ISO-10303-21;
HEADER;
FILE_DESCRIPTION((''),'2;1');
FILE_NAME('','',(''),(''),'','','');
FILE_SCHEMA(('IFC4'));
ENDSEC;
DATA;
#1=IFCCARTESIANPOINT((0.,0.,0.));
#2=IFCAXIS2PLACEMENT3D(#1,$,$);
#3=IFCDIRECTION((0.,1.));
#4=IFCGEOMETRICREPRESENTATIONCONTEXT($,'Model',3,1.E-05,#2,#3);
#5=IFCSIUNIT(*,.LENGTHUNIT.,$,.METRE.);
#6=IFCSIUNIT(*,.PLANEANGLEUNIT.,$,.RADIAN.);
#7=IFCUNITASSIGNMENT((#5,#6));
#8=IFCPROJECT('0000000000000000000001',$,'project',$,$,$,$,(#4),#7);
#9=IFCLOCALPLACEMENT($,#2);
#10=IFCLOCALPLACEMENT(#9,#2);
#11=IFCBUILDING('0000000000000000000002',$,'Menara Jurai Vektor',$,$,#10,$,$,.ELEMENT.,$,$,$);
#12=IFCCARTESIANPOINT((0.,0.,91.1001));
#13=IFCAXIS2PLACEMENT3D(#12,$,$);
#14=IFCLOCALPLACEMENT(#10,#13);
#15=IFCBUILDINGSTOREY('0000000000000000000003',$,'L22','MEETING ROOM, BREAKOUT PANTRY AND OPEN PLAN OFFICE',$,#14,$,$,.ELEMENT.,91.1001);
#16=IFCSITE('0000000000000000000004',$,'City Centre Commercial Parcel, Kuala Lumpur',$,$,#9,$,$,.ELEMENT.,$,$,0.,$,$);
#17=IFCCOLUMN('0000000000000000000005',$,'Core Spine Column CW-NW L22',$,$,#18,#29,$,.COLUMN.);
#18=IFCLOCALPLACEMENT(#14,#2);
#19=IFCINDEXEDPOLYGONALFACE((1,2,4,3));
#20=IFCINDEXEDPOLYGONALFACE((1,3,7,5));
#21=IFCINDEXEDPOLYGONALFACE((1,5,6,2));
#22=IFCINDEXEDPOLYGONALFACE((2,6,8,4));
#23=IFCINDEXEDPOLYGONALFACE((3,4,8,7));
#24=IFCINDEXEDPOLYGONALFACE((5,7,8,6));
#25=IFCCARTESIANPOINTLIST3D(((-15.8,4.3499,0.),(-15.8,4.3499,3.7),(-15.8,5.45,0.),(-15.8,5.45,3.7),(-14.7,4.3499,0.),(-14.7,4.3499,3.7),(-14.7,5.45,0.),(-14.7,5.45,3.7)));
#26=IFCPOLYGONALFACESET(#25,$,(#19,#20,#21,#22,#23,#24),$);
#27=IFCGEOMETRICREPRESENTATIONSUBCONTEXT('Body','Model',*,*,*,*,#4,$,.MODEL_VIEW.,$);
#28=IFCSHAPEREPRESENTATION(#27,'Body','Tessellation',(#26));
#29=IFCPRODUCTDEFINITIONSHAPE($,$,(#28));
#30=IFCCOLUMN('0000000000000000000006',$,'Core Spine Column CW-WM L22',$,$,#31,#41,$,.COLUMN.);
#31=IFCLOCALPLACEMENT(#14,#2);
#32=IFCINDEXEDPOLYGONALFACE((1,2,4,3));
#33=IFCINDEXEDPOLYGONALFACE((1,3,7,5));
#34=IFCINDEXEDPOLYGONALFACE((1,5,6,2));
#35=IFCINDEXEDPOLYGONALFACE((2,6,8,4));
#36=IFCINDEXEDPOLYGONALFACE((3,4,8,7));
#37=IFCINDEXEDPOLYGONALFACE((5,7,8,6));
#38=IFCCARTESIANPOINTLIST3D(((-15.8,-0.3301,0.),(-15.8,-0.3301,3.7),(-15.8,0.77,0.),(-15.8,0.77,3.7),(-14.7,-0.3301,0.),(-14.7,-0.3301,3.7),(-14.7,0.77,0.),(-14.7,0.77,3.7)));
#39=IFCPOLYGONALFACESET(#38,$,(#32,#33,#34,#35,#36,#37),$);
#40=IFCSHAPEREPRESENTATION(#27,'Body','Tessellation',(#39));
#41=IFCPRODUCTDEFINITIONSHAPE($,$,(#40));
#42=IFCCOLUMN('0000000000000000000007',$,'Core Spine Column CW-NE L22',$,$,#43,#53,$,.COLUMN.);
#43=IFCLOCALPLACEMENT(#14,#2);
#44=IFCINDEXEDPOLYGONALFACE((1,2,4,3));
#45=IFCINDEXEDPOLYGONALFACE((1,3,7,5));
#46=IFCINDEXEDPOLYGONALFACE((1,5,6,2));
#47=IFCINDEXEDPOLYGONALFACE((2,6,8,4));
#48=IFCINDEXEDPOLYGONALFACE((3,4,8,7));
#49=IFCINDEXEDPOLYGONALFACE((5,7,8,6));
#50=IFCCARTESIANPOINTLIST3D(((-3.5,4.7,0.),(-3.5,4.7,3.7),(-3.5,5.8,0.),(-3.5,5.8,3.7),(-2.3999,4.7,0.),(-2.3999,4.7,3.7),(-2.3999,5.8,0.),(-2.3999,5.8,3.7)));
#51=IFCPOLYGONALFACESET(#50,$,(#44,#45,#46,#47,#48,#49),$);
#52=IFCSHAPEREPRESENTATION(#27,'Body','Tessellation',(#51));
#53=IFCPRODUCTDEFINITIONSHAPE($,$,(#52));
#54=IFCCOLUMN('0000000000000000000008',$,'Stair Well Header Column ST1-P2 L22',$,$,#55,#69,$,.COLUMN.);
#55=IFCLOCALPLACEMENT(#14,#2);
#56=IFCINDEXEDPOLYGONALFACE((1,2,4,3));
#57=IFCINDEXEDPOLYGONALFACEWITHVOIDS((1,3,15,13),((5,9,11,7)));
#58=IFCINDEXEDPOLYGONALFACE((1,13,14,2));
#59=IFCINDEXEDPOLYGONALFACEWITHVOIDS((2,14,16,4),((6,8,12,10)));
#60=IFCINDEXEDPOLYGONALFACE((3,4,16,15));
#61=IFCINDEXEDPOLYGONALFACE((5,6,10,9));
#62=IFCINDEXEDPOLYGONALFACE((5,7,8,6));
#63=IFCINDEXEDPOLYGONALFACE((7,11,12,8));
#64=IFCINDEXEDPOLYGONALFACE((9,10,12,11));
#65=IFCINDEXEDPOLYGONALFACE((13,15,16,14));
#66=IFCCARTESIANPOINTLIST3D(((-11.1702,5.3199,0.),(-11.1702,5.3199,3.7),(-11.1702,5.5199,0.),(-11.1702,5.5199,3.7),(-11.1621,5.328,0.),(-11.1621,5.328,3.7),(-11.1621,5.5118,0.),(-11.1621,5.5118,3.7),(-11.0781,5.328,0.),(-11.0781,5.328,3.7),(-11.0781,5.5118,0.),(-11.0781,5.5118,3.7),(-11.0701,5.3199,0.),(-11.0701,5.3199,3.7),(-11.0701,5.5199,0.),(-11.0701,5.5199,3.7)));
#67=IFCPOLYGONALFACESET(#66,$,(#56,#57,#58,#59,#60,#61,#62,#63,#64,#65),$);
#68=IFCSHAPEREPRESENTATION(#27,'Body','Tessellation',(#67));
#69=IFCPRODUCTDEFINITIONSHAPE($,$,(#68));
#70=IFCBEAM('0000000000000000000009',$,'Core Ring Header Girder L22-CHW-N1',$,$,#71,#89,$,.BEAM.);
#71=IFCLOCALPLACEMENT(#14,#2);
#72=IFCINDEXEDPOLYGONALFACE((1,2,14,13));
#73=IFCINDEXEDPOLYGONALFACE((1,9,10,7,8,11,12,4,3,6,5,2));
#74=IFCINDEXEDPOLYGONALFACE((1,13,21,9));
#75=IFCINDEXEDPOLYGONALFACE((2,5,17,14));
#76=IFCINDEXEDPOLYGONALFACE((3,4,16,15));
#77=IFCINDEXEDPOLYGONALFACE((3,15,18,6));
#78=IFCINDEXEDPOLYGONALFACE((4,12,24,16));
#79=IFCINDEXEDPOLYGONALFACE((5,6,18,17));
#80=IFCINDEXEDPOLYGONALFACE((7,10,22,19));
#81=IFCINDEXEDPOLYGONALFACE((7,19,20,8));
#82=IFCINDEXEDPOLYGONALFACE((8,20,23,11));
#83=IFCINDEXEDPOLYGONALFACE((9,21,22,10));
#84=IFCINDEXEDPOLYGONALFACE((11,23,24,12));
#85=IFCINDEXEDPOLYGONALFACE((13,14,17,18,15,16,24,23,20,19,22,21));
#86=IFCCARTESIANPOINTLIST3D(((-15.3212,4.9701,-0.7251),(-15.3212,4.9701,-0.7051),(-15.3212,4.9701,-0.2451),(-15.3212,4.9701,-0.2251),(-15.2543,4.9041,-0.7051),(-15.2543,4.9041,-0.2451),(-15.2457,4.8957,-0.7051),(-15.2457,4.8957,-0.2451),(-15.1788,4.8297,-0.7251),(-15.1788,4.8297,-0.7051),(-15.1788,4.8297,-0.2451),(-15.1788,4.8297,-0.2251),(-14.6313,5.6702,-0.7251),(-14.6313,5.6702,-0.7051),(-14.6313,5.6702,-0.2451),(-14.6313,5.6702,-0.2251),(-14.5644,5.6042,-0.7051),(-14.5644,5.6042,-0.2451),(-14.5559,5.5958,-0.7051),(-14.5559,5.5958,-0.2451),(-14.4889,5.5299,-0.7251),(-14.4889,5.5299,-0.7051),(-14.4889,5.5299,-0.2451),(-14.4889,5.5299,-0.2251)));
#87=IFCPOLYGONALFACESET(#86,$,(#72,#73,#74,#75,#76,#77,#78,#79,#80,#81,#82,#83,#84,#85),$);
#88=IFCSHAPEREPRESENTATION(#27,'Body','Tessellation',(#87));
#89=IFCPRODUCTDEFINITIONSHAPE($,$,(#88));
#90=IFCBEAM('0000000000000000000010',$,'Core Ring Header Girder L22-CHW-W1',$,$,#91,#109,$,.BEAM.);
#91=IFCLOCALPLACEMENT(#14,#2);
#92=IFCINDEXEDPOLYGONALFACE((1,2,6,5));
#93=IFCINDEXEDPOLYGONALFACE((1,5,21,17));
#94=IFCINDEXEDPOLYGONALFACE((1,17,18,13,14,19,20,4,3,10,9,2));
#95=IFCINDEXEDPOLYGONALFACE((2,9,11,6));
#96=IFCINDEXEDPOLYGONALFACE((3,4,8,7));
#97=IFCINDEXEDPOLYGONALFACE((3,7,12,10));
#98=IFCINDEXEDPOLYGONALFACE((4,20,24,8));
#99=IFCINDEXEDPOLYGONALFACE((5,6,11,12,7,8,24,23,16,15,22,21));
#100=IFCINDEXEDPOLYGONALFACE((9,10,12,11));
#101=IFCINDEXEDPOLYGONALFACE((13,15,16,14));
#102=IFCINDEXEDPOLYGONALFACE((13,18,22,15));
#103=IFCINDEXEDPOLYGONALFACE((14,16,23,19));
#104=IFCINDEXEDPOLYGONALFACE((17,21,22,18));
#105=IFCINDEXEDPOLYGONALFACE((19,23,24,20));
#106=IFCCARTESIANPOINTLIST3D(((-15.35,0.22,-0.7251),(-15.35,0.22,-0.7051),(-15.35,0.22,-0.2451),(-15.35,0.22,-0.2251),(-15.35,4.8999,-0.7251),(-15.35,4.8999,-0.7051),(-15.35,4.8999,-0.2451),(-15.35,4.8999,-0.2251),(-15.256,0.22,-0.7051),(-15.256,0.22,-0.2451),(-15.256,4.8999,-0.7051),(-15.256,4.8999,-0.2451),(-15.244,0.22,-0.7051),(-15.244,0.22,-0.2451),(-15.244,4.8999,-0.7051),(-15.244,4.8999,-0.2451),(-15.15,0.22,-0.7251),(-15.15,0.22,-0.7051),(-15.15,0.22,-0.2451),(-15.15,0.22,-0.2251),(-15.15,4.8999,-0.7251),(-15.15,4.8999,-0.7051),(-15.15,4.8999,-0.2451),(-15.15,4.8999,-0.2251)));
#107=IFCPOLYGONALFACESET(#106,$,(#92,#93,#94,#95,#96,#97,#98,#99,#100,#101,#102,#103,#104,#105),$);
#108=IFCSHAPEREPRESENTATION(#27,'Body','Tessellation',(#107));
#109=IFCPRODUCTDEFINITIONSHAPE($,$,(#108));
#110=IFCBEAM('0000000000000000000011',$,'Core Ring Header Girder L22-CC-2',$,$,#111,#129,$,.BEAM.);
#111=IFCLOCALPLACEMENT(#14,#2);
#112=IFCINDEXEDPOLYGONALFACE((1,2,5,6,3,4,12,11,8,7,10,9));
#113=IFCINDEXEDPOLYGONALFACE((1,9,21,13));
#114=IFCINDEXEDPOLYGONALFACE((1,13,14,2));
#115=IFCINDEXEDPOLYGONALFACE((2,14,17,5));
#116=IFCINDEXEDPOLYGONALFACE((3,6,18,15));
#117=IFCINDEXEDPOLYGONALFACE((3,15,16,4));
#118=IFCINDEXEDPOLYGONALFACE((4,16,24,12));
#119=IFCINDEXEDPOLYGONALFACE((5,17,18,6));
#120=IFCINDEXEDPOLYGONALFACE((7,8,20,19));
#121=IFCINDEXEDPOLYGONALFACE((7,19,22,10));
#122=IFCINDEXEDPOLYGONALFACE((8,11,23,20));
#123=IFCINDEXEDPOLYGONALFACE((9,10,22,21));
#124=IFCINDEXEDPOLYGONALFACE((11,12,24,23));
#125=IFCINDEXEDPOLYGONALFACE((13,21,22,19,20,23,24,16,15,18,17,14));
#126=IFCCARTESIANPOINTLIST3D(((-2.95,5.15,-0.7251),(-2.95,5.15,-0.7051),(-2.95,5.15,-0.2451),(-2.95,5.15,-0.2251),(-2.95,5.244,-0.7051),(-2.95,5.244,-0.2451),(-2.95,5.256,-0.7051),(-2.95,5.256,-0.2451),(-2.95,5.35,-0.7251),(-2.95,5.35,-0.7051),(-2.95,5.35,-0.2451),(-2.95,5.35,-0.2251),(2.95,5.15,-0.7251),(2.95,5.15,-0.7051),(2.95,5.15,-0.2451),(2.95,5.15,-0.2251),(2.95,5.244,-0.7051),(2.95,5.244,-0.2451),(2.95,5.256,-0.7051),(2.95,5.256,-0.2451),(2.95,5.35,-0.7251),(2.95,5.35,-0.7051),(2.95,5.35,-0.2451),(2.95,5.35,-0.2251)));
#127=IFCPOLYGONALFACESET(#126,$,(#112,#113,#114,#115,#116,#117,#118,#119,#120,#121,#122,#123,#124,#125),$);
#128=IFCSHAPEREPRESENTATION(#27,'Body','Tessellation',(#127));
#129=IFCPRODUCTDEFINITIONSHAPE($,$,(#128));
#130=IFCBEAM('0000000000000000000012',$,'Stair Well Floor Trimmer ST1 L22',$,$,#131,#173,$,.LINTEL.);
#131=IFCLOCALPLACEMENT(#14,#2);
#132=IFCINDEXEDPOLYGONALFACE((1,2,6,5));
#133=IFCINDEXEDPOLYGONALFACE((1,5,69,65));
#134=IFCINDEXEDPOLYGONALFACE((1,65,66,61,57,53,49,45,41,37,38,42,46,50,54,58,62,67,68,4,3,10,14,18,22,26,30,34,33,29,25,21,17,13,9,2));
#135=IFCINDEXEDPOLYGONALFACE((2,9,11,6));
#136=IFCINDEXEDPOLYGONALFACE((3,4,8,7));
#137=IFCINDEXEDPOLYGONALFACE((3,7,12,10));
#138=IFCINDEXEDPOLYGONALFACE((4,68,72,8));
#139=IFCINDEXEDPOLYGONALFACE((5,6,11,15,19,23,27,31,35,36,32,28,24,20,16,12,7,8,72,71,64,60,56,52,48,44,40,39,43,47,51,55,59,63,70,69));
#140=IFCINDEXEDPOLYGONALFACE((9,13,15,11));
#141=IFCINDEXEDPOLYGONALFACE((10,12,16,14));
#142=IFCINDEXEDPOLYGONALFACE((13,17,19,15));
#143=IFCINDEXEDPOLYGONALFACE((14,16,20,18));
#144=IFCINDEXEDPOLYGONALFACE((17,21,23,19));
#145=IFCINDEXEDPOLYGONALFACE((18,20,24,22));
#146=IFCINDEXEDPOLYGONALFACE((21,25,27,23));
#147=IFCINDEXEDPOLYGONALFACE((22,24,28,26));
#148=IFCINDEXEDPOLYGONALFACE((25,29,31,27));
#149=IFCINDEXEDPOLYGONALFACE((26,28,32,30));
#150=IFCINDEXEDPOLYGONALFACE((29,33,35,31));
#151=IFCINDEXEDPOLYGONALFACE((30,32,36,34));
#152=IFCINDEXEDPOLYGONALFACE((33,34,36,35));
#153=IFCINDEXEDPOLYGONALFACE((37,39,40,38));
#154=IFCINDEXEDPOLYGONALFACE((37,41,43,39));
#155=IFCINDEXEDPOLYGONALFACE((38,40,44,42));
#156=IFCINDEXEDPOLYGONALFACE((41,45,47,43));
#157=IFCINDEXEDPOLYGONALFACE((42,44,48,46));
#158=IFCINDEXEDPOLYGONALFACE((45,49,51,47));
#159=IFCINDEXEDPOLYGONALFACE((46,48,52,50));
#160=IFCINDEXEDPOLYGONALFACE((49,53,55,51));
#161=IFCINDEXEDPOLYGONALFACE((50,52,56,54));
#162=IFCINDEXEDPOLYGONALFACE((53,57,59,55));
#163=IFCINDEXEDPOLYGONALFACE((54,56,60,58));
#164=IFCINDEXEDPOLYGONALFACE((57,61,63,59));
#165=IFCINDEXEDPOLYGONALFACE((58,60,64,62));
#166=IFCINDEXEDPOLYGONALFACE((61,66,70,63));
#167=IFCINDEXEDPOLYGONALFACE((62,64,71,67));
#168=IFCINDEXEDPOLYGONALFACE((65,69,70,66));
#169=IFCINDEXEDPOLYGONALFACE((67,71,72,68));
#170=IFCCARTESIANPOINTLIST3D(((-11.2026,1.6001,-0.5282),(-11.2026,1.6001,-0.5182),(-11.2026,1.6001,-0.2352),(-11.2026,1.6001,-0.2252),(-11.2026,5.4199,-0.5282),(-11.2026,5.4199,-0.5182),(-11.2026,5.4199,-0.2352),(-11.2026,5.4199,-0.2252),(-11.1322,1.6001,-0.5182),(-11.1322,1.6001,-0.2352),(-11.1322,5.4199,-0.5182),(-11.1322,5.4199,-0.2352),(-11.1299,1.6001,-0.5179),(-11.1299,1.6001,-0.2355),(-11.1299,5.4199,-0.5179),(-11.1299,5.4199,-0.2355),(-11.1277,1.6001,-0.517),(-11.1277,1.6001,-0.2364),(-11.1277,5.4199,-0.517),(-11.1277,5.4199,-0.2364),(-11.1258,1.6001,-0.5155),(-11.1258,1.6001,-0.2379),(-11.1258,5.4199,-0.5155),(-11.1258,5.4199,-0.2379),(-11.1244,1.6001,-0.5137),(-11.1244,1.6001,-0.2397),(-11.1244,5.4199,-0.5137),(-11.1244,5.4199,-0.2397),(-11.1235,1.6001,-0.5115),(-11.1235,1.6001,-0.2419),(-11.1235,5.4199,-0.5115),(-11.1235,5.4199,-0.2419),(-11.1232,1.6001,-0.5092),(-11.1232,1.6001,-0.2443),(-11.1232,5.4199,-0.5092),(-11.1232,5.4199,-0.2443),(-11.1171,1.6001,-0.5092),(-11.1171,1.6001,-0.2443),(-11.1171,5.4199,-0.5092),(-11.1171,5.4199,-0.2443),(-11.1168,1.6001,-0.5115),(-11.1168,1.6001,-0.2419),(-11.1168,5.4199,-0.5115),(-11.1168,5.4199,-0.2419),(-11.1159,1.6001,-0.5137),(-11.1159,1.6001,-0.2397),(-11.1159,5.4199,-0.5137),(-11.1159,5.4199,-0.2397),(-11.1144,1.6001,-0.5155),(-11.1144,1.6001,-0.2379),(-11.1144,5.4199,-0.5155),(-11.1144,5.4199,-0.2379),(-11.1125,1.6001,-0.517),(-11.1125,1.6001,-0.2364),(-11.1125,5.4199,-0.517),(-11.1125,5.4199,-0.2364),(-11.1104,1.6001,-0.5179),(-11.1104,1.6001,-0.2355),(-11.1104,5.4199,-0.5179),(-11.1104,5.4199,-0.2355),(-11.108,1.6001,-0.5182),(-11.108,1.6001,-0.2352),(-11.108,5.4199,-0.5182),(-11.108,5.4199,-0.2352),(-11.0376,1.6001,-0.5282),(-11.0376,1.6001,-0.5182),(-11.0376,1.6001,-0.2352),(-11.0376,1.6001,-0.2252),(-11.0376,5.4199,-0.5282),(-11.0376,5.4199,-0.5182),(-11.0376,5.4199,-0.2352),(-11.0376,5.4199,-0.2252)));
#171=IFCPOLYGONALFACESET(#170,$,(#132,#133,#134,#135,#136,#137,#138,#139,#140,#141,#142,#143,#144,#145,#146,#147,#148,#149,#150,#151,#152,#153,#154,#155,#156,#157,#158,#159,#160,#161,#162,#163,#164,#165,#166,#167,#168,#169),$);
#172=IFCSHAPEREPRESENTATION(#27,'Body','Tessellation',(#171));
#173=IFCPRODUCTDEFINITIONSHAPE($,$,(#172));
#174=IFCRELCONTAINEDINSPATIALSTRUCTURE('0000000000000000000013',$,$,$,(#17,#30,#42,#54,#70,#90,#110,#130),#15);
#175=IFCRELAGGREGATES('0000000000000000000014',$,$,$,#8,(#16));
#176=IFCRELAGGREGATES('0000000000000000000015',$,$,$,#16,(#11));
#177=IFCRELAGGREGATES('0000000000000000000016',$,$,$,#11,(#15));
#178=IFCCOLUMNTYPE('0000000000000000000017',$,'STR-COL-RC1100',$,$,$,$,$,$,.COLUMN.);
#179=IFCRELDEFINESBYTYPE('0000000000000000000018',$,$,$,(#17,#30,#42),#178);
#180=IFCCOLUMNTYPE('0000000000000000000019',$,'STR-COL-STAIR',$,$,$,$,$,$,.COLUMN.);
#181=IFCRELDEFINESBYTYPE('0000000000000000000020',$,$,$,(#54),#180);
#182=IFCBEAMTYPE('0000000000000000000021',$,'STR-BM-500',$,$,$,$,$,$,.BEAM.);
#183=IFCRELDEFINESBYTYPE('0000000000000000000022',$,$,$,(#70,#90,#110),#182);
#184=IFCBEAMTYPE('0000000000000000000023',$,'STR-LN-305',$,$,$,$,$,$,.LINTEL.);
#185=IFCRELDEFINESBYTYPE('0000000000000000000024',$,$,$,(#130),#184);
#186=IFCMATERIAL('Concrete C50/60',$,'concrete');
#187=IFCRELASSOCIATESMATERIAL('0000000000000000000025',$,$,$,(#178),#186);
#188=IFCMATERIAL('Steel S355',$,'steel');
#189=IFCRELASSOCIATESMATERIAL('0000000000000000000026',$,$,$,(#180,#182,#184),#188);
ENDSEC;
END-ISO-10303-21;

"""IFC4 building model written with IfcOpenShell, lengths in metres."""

from ifc_helpers import new_model, si_unit, direction, frame, origin, origin_2d, place, context, subcontext, project, spatial, rectangle, hollow_rectangle, i_section, extrude, material, material_profile, profile_set, type_object, element, save


model = new_model("IFC4")

# Units and contexts
model_context = context("Model", 3, precision=1e-05, world=origin(), true_north=direction((0.0, 1.0)))
body_context = subcontext(model_context, "Body", "Model", "MODEL_VIEW")
ifc_project = project(units=[si_unit("LENGTHUNIT", "METRE"), si_unit("PLANEANGLEUNIT", "RADIAN")], contexts=[model_context])

# Site, building, storey
site_placement = place(None, origin())
site = spatial("IfcSite", under=ifc_project, at=site_placement, Name="City Centre Commercial Parcel, Kuala Lumpur", CompositionType="ELEMENT", RefElevation=0.0)
building_placement = place(site_placement, origin())
building = spatial("IfcBuilding", under=site, at=building_placement, Name="Menara Jurai Vektor", CompositionType="ELEMENT")
storey_placement = place(building_placement, frame((0.0, 0.0, 91.1001)))
storey = spatial("IfcBuildingStorey", under=building, at=storey_placement, Name="L22", Description="MEETING ROOM, BREAKOUT PANTRY AND OPEN PLAN OFFICE", CompositionType="ELEMENT", Elevation=91.1001)

# Columns
ifc_material_1 = material(Name="Concrete C50/60", Category="concrete")
ifc_material_profile_1 = material_profile(ifc_material_1, rectangle(XDim=1.1001, YDim=1.1001, at=origin_2d()), Name="RC 1100x1100")
ifc_profile_set_1 = profile_set([ifc_material_profile_1], Name="Concrete C50/60")
column_type_1 = type_object("IfcColumnType", Name="STR-COL-RC1100", PredefinedType="COLUMN", material=ifc_profile_set_1)
for number, where, z_axis, x_axis, name in (
    (1, (-15.25, 4.8999, 0.0), (0.0, 0.0, 1.0), (1.0, 0.0, 0.0), "Core Spine Column CW-NW L22"),
    (2, (-15.25, 0.22, 0.0), (0.0, 0.0, 1.0), (1.0, 0.0, 0.0), "Core Spine Column CW-WM L22"),
    (3, (-2.95, 5.25, 0.0), (0.0, 0.0, 1.0), (1.0, 0.0, 0.0), "Core Spine Column CW-NE L22"),
):
    element("IfcColumn", number, at=place(storey_placement, frame(where, z_axis=z_axis, x_axis=x_axis)), inside=storey, type_object=column_type_1, Name=name, PredefinedType="COLUMN", context=body_context, shape_type="SweptSolid", body=[
        extrude(rectangle(XDim=1.1001, YDim=1.1001, at=origin_2d()), origin(), (0.0, 0.0, 1.0), 3.7),
    ])
ifc_material_2 = material(Name="Steel S355", Category="steel")
ifc_material_profile_2 = material_profile(ifc_material_2, hollow_rectangle(XDim=0.1001, YDim=0.2, WallThickness=0.0081, at=origin_2d()), Name="RHS 200x100x8")
ifc_profile_set_2 = profile_set([ifc_material_profile_2], Name="Steel S355")
column_type_2 = type_object("IfcColumnType", Name="STR-COL-STAIR", PredefinedType="COLUMN", material=ifc_profile_set_2)
column_placement = place(storey_placement, frame((-11.1201, 5.4199, 0.0), z_axis=(0.0, 0.0, 1.0), x_axis=(1.0, 0.0, 0.0)))
element("IfcColumn", 4, at=column_placement, inside=storey, type_object=column_type_2, Name="Stair Well Header Column ST1-P2 L22", PredefinedType="COLUMN", context=body_context, shape_type="SweptSolid", body=[
    extrude(hollow_rectangle(XDim=0.1001, YDim=0.2, WallThickness=0.0081, at=origin_2d()), origin(), (0.0, 0.0, 1.0), 3.7),
])

# Beams
ifc_material_profile_3 = material_profile(ifc_material_2, i_section(OverallWidth=0.2, OverallDepth=0.5, WebThickness=0.012, FlangeThickness=0.02, at=origin_2d()), Name="PG 500x200x96")
ifc_profile_set_3 = profile_set([ifc_material_profile_3], Name="Steel S355")
beam_type_1 = type_object("IfcBeamType", Name="STR-BM-500", PredefinedType="BEAM", material=ifc_profile_set_3)
beam_1_placement = place(storey_placement, frame((-15.25, 4.8999, -0.4751), z_axis=(0.701872, 0.712303, 0.0), x_axis=(-0.712303, 0.701872, 0.0)))
element("IfcBeam", 5, at=beam_1_placement, inside=storey, type_object=beam_type_1, Name="Core Ring Header Girder L22-CHW-N1", PredefinedType="BEAM", context=body_context, shape_type="SweptSolid", body=[
    extrude(i_section(OverallWidth=0.2, OverallDepth=0.5, WebThickness=0.012, FlangeThickness=0.02, at=origin_2d()), origin(), (0.0, 0.0, 1.0), 0.9829),
])
beam_2_placement = place(storey_placement, frame((-15.25, 0.22, -0.4751), z_axis=(0.0, 1.0, 0.0), x_axis=(-1.0, 0.0, 0.0)))
element("IfcBeam", 6, at=beam_2_placement, inside=storey, type_object=beam_type_1, Name="Core Ring Header Girder L22-CHW-W1", PredefinedType="BEAM", context=body_context, shape_type="SweptSolid", body=[
    extrude(i_section(OverallWidth=0.2, OverallDepth=0.5, WebThickness=0.012, FlangeThickness=0.02, at=origin_2d()), origin(), (0.0, 0.0, 1.0), 4.6799),
])
beam_3_placement = place(storey_placement, frame((-2.95, 5.25, -0.4751), z_axis=(1.0, 0.0, 0.0), x_axis=(0.0, 1.0, 0.0)))
element("IfcBeam", 7, at=beam_3_placement, inside=storey, type_object=beam_type_1, Name="Core Ring Header Girder L22-CC-2", PredefinedType="BEAM", context=body_context, shape_type="SweptSolid", body=[
    extrude(i_section(OverallWidth=0.2, OverallDepth=0.5, WebThickness=0.012, FlangeThickness=0.02, at=origin_2d()), origin(), (0.0, 0.0, 1.0), 5.8999),
])
ifc_material_profile_4 = material_profile(ifc_material_2, i_section(OverallWidth=0.165, OverallDepth=0.303, WebThickness=0.0061, FlangeThickness=0.01, FilletRadius=0.009, at=origin_2d()), Name="UKB 305x165x40")
ifc_profile_set_4 = profile_set([ifc_material_profile_4], Name="Steel S355")
beam_type_2 = type_object("IfcBeamType", Name="STR-LN-305", PredefinedType="LINTEL", material=ifc_profile_set_4)
beam_4_placement = place(storey_placement, frame((-11.1201, 1.6001, -0.3767), z_axis=(0.0, 1.0, 0.0), x_axis=(-1.0, 0.0, 0.0)))
element("IfcBeam", 8, at=beam_4_placement, inside=storey, type_object=beam_type_2, Name="Stair Well Floor Trimmer ST1 L22", PredefinedType="LINTEL", context=body_context, shape_type="SweptSolid", body=[
    extrude(i_section(OverallWidth=0.165, OverallDepth=0.303, WebThickness=0.0061, FlangeThickness=0.01, FilletRadius=0.009, at=origin_2d()), origin(), (0.0, 0.0, 1.0), 3.8198),
])

save(model, "model.ifc")
